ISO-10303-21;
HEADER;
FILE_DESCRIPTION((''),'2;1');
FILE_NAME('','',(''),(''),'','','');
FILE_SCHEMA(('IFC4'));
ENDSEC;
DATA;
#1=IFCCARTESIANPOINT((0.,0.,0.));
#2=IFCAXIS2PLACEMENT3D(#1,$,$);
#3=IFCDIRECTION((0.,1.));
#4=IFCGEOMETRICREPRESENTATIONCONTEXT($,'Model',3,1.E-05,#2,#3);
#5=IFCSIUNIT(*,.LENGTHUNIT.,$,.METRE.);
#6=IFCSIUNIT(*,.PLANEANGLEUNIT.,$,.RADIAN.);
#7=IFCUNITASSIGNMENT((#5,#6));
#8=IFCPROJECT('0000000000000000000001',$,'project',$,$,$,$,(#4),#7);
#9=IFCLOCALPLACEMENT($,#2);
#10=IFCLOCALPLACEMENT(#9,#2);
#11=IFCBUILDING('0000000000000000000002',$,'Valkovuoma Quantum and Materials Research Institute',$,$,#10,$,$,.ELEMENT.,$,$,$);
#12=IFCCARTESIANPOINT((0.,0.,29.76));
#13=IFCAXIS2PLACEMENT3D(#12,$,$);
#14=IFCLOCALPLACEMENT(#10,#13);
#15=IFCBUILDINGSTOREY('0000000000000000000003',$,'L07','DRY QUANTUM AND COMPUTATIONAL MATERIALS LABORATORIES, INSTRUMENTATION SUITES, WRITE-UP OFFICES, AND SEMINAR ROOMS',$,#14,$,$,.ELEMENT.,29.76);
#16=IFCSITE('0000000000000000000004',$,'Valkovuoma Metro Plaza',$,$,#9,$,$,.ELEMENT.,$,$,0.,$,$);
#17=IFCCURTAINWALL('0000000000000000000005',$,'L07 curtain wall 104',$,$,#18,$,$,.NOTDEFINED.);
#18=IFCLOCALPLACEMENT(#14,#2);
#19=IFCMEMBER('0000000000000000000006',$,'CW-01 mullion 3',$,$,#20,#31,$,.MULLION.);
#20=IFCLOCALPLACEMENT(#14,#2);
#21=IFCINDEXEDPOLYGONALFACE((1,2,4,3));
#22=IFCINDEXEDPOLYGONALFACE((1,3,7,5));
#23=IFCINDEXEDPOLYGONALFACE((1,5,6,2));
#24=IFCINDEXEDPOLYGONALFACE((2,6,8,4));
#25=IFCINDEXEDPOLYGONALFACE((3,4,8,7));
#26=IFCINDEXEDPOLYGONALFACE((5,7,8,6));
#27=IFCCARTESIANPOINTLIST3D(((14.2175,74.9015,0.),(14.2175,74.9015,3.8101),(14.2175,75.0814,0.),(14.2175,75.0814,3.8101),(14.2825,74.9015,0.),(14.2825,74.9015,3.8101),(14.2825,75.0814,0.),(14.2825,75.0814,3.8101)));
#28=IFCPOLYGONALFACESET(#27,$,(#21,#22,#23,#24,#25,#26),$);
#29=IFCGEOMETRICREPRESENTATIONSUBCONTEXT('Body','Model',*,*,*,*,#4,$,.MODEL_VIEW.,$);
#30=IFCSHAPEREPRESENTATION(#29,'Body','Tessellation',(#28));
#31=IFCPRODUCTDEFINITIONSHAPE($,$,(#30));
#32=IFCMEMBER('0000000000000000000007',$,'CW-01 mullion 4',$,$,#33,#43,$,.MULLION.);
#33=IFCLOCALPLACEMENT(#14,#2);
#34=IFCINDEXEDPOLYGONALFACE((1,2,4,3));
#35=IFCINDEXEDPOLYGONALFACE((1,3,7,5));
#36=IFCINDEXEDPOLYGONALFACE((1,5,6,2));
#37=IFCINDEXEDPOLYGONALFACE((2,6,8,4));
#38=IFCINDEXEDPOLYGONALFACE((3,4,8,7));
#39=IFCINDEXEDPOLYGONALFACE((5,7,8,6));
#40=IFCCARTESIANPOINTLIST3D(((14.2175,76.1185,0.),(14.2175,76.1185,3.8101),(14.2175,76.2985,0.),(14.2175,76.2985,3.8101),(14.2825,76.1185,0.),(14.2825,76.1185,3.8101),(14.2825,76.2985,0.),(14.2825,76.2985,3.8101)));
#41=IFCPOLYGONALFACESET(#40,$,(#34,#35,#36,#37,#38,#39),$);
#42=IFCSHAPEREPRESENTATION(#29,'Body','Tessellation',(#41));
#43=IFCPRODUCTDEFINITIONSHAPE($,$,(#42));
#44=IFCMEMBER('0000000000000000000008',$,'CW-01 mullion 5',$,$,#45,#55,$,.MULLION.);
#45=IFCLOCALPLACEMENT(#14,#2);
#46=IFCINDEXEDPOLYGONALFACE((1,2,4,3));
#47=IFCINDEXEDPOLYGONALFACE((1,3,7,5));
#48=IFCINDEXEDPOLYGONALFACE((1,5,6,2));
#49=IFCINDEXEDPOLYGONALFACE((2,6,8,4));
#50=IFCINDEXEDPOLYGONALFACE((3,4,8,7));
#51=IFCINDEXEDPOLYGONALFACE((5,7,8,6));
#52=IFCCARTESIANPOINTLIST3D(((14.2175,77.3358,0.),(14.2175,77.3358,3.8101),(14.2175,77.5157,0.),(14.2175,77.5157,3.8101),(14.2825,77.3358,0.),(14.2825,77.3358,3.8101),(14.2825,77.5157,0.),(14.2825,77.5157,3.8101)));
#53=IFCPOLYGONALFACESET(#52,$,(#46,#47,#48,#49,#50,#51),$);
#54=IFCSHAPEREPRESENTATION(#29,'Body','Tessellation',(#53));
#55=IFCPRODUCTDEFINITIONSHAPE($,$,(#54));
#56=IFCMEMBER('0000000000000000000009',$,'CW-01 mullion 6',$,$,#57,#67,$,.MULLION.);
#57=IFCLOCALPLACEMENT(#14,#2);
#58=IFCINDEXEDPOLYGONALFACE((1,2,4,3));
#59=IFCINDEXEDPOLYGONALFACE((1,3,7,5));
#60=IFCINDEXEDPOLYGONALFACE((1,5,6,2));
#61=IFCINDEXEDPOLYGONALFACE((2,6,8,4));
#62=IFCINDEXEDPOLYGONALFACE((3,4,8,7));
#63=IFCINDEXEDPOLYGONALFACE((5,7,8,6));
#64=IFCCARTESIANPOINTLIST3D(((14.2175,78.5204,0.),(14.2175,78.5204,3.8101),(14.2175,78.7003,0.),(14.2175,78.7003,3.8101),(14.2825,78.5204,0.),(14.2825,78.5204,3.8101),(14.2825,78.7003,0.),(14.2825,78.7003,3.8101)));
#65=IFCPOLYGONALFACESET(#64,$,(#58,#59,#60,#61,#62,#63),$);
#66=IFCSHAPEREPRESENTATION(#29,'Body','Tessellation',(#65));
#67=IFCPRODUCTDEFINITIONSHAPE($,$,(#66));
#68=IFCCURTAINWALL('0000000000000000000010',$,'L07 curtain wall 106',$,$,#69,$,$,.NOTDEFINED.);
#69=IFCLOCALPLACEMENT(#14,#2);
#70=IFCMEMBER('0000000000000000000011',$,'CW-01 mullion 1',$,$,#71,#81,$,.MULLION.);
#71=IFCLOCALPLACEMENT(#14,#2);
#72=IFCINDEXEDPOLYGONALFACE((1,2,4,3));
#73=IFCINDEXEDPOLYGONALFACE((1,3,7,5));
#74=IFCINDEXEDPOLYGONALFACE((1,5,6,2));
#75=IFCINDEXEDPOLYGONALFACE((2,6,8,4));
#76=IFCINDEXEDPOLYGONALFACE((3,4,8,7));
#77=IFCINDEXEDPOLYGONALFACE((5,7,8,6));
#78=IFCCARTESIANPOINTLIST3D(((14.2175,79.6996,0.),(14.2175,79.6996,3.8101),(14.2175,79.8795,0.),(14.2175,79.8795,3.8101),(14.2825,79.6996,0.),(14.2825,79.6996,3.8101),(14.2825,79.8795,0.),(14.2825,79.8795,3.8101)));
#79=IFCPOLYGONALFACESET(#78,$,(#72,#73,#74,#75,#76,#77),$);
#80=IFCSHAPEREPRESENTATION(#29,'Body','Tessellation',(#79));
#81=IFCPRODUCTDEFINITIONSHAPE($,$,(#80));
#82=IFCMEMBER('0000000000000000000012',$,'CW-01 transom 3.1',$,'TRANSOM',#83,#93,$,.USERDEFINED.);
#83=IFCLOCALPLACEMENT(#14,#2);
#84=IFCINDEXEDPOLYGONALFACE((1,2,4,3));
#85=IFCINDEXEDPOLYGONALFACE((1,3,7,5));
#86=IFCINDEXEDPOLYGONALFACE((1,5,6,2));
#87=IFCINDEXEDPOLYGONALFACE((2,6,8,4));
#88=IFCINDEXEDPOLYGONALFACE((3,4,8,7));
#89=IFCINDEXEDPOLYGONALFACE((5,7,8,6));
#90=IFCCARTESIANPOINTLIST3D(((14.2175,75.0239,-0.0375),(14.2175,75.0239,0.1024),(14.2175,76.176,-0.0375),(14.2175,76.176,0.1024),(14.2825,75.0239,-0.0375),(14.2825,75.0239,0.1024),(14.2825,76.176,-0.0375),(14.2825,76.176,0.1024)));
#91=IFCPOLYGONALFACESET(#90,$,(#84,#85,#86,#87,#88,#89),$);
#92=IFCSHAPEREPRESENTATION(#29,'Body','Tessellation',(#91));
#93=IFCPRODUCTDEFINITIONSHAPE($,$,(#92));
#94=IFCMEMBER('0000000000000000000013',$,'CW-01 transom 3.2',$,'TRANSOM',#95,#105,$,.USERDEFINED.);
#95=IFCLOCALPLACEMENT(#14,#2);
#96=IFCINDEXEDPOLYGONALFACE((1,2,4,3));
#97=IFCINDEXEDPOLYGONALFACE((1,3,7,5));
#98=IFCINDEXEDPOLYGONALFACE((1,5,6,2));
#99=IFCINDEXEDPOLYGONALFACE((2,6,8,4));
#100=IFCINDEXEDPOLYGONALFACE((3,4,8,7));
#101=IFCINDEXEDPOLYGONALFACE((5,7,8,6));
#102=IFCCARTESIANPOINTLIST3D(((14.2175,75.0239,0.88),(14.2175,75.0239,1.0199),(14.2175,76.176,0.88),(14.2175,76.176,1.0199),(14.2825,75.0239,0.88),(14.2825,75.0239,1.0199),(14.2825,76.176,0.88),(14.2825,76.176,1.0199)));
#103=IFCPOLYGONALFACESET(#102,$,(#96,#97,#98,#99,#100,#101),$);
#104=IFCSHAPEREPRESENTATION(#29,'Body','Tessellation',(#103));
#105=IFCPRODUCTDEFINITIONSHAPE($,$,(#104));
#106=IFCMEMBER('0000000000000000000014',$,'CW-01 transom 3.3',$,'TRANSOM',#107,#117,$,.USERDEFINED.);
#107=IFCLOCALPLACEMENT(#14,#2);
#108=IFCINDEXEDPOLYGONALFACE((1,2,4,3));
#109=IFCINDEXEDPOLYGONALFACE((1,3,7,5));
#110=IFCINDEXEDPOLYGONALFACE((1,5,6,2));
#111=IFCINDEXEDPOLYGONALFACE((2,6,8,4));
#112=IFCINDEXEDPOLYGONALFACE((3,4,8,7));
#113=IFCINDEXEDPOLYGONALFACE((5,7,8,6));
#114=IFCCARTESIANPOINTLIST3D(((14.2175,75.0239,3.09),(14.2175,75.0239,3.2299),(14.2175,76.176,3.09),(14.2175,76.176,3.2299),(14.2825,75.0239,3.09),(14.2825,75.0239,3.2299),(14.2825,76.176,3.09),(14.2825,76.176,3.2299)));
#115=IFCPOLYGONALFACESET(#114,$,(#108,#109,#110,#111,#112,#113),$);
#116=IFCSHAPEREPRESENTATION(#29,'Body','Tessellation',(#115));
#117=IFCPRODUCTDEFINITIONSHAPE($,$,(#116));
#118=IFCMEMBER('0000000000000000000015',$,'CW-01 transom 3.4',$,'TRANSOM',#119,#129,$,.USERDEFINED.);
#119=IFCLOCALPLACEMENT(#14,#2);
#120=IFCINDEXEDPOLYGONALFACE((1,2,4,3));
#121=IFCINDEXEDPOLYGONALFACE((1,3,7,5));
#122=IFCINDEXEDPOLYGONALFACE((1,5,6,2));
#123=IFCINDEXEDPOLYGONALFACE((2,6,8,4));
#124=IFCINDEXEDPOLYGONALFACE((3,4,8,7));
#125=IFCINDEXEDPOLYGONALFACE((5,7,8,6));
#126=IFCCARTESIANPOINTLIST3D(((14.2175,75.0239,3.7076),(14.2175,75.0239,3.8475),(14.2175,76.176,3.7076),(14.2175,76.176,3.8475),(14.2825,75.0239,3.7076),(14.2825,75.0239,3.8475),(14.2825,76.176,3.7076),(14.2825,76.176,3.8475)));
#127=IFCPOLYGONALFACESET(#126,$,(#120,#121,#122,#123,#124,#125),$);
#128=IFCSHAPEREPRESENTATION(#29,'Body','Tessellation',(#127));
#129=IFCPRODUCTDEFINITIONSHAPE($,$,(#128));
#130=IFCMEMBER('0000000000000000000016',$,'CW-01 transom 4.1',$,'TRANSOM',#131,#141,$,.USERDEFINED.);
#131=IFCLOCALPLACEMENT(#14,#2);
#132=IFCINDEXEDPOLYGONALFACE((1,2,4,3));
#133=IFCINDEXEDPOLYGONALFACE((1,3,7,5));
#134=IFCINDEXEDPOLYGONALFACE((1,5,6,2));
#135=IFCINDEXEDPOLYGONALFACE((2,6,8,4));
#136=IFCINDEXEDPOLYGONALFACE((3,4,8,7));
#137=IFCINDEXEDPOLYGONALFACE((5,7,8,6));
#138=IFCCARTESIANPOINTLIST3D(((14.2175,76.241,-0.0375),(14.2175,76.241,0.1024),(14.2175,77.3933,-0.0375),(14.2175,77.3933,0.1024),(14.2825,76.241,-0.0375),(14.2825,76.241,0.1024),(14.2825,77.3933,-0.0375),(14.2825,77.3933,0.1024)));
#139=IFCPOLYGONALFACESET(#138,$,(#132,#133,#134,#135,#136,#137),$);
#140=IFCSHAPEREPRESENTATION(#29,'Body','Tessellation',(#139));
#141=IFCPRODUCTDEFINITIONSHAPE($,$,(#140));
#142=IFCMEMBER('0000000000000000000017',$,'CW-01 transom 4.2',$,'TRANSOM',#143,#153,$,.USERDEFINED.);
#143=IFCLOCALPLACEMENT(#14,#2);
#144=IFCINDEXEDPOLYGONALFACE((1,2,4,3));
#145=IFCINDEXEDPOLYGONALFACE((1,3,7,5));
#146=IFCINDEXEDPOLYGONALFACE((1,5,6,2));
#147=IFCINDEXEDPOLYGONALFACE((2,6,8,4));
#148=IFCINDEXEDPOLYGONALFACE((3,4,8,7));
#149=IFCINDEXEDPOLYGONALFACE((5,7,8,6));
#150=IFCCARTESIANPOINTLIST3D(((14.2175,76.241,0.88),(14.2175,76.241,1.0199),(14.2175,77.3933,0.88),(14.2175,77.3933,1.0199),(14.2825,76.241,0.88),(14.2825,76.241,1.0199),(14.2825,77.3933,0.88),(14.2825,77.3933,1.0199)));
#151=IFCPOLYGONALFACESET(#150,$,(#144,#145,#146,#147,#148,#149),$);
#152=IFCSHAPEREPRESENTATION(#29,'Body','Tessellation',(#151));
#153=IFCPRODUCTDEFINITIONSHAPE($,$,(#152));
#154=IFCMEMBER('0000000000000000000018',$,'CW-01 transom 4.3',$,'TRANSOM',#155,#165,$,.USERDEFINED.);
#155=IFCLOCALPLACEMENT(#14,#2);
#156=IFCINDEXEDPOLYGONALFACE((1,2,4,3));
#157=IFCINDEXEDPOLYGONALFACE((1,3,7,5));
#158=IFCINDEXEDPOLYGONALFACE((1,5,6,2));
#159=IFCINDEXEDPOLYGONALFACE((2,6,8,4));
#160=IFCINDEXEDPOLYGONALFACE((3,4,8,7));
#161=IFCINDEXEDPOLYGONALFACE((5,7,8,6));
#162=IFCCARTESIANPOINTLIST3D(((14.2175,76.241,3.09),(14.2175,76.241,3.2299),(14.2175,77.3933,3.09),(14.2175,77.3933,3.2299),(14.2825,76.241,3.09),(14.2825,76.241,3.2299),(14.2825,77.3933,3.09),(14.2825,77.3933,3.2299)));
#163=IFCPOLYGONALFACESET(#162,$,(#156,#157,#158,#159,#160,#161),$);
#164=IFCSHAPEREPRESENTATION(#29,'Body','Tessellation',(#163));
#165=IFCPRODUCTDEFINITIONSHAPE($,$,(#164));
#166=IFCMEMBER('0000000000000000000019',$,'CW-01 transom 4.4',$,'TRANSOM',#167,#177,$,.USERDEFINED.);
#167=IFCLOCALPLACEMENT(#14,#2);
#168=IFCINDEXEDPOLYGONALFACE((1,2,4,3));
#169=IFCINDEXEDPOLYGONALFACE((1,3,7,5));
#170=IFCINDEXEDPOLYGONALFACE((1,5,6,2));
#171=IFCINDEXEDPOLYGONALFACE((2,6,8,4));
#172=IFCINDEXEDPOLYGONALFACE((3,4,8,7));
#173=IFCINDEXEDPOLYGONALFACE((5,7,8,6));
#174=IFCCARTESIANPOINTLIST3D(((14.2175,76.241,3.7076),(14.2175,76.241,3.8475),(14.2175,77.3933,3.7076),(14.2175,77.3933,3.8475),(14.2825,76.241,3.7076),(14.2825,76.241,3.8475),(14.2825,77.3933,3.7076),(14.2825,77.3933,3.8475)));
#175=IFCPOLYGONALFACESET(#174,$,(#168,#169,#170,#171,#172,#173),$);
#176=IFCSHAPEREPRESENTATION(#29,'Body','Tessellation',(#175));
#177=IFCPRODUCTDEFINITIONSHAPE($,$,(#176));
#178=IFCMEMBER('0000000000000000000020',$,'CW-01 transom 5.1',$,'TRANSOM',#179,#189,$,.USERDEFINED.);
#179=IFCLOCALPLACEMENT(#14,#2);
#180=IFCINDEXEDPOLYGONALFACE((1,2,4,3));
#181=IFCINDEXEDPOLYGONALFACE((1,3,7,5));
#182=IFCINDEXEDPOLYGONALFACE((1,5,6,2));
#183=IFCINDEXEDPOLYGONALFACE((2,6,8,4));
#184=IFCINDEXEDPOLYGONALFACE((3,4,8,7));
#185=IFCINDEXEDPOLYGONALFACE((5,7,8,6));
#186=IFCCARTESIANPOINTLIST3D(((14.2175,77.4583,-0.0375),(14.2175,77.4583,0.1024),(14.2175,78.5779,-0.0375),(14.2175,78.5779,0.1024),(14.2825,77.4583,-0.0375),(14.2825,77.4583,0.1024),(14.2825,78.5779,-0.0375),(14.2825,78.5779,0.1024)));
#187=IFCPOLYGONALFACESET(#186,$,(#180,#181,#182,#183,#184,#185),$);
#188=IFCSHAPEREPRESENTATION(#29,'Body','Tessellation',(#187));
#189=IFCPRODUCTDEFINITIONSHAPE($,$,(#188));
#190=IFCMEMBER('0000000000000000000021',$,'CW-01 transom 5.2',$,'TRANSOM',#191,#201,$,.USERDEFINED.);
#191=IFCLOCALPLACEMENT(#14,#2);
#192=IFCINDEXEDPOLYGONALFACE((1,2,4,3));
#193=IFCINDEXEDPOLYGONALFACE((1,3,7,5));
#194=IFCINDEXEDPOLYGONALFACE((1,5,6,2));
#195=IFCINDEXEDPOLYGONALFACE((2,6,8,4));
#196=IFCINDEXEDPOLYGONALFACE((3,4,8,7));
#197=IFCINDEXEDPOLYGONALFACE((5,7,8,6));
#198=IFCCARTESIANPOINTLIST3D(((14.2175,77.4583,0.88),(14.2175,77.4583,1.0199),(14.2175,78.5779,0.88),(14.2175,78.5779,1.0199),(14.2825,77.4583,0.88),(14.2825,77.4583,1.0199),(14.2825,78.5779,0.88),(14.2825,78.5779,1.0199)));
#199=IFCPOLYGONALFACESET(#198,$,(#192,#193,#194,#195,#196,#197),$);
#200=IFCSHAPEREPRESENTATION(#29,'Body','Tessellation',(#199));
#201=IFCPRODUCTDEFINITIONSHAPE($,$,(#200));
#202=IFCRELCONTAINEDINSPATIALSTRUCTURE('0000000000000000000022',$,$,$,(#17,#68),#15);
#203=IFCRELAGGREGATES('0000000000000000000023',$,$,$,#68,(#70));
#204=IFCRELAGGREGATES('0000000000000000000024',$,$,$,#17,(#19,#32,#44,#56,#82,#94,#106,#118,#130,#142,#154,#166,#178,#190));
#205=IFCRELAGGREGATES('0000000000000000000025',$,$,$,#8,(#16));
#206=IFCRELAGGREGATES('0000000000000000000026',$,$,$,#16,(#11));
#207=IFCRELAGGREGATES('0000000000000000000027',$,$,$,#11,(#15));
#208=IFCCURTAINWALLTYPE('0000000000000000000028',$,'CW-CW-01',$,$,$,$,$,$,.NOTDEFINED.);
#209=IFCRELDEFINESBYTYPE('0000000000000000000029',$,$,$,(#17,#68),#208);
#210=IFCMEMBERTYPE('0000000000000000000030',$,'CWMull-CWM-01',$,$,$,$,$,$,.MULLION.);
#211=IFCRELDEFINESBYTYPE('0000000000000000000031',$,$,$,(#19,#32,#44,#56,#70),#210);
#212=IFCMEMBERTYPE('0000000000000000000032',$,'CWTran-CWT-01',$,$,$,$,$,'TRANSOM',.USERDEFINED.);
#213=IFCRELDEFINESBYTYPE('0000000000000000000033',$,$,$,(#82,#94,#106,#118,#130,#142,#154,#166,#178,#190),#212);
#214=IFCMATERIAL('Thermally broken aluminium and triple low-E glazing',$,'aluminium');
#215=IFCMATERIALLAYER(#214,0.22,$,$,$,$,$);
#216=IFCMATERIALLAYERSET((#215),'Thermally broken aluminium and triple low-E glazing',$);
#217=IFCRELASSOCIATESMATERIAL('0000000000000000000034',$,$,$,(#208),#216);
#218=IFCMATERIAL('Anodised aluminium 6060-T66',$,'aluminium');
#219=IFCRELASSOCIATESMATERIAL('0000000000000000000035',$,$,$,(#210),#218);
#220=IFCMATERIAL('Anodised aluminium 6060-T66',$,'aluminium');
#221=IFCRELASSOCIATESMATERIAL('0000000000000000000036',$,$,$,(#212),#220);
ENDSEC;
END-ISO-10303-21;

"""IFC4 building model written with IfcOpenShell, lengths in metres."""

from ifc_helpers import new_model, si_unit, direction, frame, origin, origin_2d, place, context, subcontext, project, spatial, rectangle, extrude, material, layer, layer_set, material_profile, profile_set, type_object, element, aggregate, save


model = new_model("IFC4")

# Units and contexts
model_context = context("Model", 3, precision=1e-05, world=origin(), true_north=direction((0.0, 1.0)))
body_context = subcontext(model_context, "Body", "Model", "MODEL_VIEW")
ifc_project = project(units=[si_unit("LENGTHUNIT", "METRE"), si_unit("PLANEANGLEUNIT", "RADIAN")], contexts=[model_context])

# Site, building, storey
site_placement = place(None, origin())
site = spatial("IfcSite", under=ifc_project, at=site_placement, Name="Valkovuoma Metro Plaza", CompositionType="ELEMENT", RefElevation=0.0)
building_placement = place(site_placement, origin())
building = spatial("IfcBuilding", under=site, at=building_placement, Name="Valkovuoma Quantum and Materials Research Institute", CompositionType="ELEMENT")
storey_placement = place(building_placement, frame((0.0, 0.0, 29.76)))
storey = spatial("IfcBuildingStorey", under=building, at=storey_placement, Name="L07", Description="DRY QUANTUM AND COMPUTATIONAL MATERIALS LABORATORIES, INSTRUMENTATION SUITES, WRITE-UP OFFICES, AND SEMINAR ROOMS", CompositionType="ELEMENT", Elevation=29.76)

# Curtain wall, members
ifc_material_1 = material(Name="Thermally broken aluminium and triple low-E glazing", Category="aluminium")
ifc_layer_1 = layer(ifc_material_1, 0.22)
ifc_layer_set_1 = layer_set([ifc_layer_1], Name="Thermally broken aluminium and triple low-E glazing")
curtain_wall_type = type_object("IfcCurtainWallType", Name="CW-CW-01", PredefinedType="NOTDEFINED", material=ifc_layer_set_1)
curtain_wall_1_placement = place(storey_placement, origin())
curtain_wall_1 = element("IfcCurtainWall", 1, at=curtain_wall_1_placement, inside=storey, type_object=curtain_wall_type, Name="L07 curtain wall 104", PredefinedType="NOTDEFINED")
ifc_material_2 = material(Name="Anodised aluminium 6060-T66", Category="aluminium")
ifc_material_profile_1 = material_profile(ifc_material_2, rectangle(XDim=0.0649, YDim=0.1799, at=origin_2d()), Name="Anodised aluminium 6060-T66")
ifc_profile_set_1 = profile_set([ifc_material_profile_1], Name="Anodised aluminium 6060-T66")
member_type_1 = type_object("IfcMemberType", Name="CWMull-CWM-01", PredefinedType="MULLION", material=ifc_profile_set_1)
member_1_placement = place(storey_placement, frame((14.25, 74.9915, 0.0), z_axis=(0.0, 0.0, 1.0), x_axis=(-1.0, 0.0, 0.0)))
member_1 = element("IfcMember", 2, at=member_1_placement, type_object=member_type_1, Name="CW-01 mullion 3", PredefinedType="MULLION", context=body_context, shape_type="SweptSolid", body=[
    extrude(rectangle(XDim=0.0649, YDim=0.1799, at=origin_2d()), origin(), (0.0, 0.0, 1.0), 3.8101),
])
member_2_placement = place(storey_placement, frame((14.25, 76.2085, 0.0), z_axis=(0.0, 0.0, 1.0), x_axis=(-1.0, 0.0, 0.0)))
member_2 = element("IfcMember", 3, at=member_2_placement, type_object=member_type_1, Name="CW-01 mullion 4", PredefinedType="MULLION", context=body_context, shape_type="SweptSolid", body=[
    extrude(rectangle(XDim=0.0649, YDim=0.1799, at=origin_2d()), origin(), (0.0, 0.0, 1.0), 3.8101),
])
member_3_placement = place(storey_placement, frame((14.25, 77.4258, 0.0), z_axis=(0.0, 0.0, 1.0), x_axis=(-1.0, 0.0, 0.0)))
member_3 = element("IfcMember", 4, at=member_3_placement, type_object=member_type_1, Name="CW-01 mullion 5", PredefinedType="MULLION", context=body_context, shape_type="SweptSolid", body=[
    extrude(rectangle(XDim=0.0649, YDim=0.1799, at=origin_2d()), origin(), (0.0, 0.0, 1.0), 3.8101),
])
member_4_placement = place(storey_placement, frame((14.25, 78.6104, 0.0), z_axis=(0.0, 0.0, 1.0), x_axis=(-1.0, 0.0, 0.0)))
member_4 = element("IfcMember", 5, at=member_4_placement, type_object=member_type_1, Name="CW-01 mullion 6", PredefinedType="MULLION", context=body_context, shape_type="SweptSolid", body=[
    extrude(rectangle(XDim=0.0649, YDim=0.1799, at=origin_2d()), origin(), (0.0, 0.0, 1.0), 3.8101),
])

# Curtain wall, member
curtain_wall_2_placement = place(storey_placement, origin())
curtain_wall_2 = element("IfcCurtainWall", 6, at=curtain_wall_2_placement, inside=storey, type_object=curtain_wall_type, Name="L07 curtain wall 106", PredefinedType="NOTDEFINED")
member_5_placement = place(storey_placement, frame((14.25, 79.7896, 0.0), z_axis=(0.0, 0.0, 1.0), x_axis=(-1.0, 0.0, 0.0)))
member_5 = element("IfcMember", 7, at=member_5_placement, type_object=member_type_1, Name="CW-01 mullion 1", PredefinedType="MULLION", context=body_context, shape_type="SweptSolid", body=[
    extrude(rectangle(XDim=0.0649, YDim=0.1799, at=origin_2d()), origin(), (0.0, 0.0, 1.0), 3.8101),
])

# Members
ifc_material_3 = material(Name="Anodised aluminium 6060-T66", Category="aluminium")
ifc_material_profile_2 = material_profile(ifc_material_3, rectangle(XDim=0.0649, YDim=0.1399, at=origin_2d()), Name="Anodised aluminium 6060-T66")
ifc_profile_set_2 = profile_set([ifc_material_profile_2], Name="Anodised aluminium 6060-T66")
member_type_2 = type_object("IfcMemberType", Name="CWTran-CWT-01", ElementType="TRANSOM", PredefinedType="USERDEFINED", material=ifc_profile_set_2)
member_6_placement = place(storey_placement, frame((14.25, 75.0239, 0.0325), z_axis=(0.0, 1.0, 0.0), x_axis=(-1.0, 0.0, 0.0)))
member_6 = element("IfcMember", 8, at=member_6_placement, type_object=member_type_2, Name="CW-01 transom 3.1", ObjectType="TRANSOM", PredefinedType="USERDEFINED", context=body_context, shape_type="SweptSolid", body=[
    extrude(rectangle(XDim=0.0649, YDim=0.1399, at=origin_2d()), origin(), (0.0, 0.0, 1.0), 1.1521),
])
member_7_placement = place(storey_placement, frame((14.25, 75.0239, 0.95), z_axis=(0.0, 1.0, 0.0), x_axis=(-1.0, 0.0, 0.0)))
member_7 = element("IfcMember", 9, at=member_7_placement, type_object=member_type_2, Name="CW-01 transom 3.2", ObjectType="TRANSOM", PredefinedType="USERDEFINED", context=body_context, shape_type="SweptSolid", body=[
    extrude(rectangle(XDim=0.0649, YDim=0.1399, at=origin_2d()), origin(), (0.0, 0.0, 1.0), 1.1521),
])
member_8_placement = place(storey_placement, frame((14.25, 75.0239, 3.1599), z_axis=(0.0, 1.0, 0.0), x_axis=(-1.0, 0.0, 0.0)))
member_8 = element("IfcMember", 10, at=member_8_placement, type_object=member_type_2, Name="CW-01 transom 3.3", ObjectType="TRANSOM", PredefinedType="USERDEFINED", context=body_context, shape_type="SweptSolid", body=[
    extrude(rectangle(XDim=0.0649, YDim=0.1399, at=origin_2d()), origin(), (0.0, 0.0, 1.0), 1.1521),
])
member_9_placement = place(storey_placement, frame((14.25, 75.0239, 3.7776), z_axis=(0.0, 1.0, 0.0), x_axis=(-1.0, 0.0, 0.0)))
member_9 = element("IfcMember", 11, at=member_9_placement, type_object=member_type_2, Name="CW-01 transom 3.4", ObjectType="TRANSOM", PredefinedType="USERDEFINED", context=body_context, shape_type="SweptSolid", body=[
    extrude(rectangle(XDim=0.0649, YDim=0.1399, at=origin_2d()), origin(), (0.0, 0.0, 1.0), 1.1521),
])
member_10_placement = place(storey_placement, frame((14.25, 76.241, 0.0325), z_axis=(0.0, 1.0, 0.0), x_axis=(-1.0, 0.0, 0.0)))
member_10 = element("IfcMember", 12, at=member_10_placement, type_object=member_type_2, Name="CW-01 transom 4.1", ObjectType="TRANSOM", PredefinedType="USERDEFINED", context=body_context, shape_type="SweptSolid", body=[
    extrude(rectangle(XDim=0.0649, YDim=0.1399, at=origin_2d()), origin(), (0.0, 0.0, 1.0), 1.1523),
])
member_11_placement = place(storey_placement, frame((14.25, 76.241, 0.95), z_axis=(0.0, 1.0, 0.0), x_axis=(-1.0, 0.0, 0.0)))
member_11 = element("IfcMember", 13, at=member_11_placement, type_object=member_type_2, Name="CW-01 transom 4.2", ObjectType="TRANSOM", PredefinedType="USERDEFINED", context=body_context, shape_type="SweptSolid", body=[
    extrude(rectangle(XDim=0.0649, YDim=0.1399, at=origin_2d()), origin(), (0.0, 0.0, 1.0), 1.1523),
])
member_12_placement = place(storey_placement, frame((14.25, 76.241, 3.1599), z_axis=(0.0, 1.0, 0.0), x_axis=(-1.0, 0.0, 0.0)))
member_12 = element("IfcMember", 14, at=member_12_placement, type_object=member_type_2, Name="CW-01 transom 4.3", ObjectType="TRANSOM", PredefinedType="USERDEFINED", context=body_context, shape_type="SweptSolid", body=[
    extrude(rectangle(XDim=0.0649, YDim=0.1399, at=origin_2d()), origin(), (0.0, 0.0, 1.0), 1.1523),
])
member_13_placement = place(storey_placement, frame((14.25, 76.241, 3.7776), z_axis=(0.0, 1.0, 0.0), x_axis=(-1.0, 0.0, 0.0)))
member_13 = element("IfcMember", 15, at=member_13_placement, type_object=member_type_2, Name="CW-01 transom 4.4", ObjectType="TRANSOM", PredefinedType="USERDEFINED", context=body_context, shape_type="SweptSolid", body=[
    extrude(rectangle(XDim=0.0649, YDim=0.1399, at=origin_2d()), origin(), (0.0, 0.0, 1.0), 1.1523),
])
member_14_placement = place(storey_placement, frame((14.25, 77.4583, 0.0325), z_axis=(0.0, 1.0, 0.0), x_axis=(-1.0, 0.0, 0.0)))
member_14 = element("IfcMember", 16, at=member_14_placement, type_object=member_type_2, Name="CW-01 transom 5.1", ObjectType="TRANSOM", PredefinedType="USERDEFINED", context=body_context, shape_type="SweptSolid", body=[
    extrude(rectangle(XDim=0.0649, YDim=0.1399, at=origin_2d()), origin(), (0.0, 0.0, 1.0), 1.1196),
])
member_15_placement = place(storey_placement, frame((14.25, 77.4583, 0.95), z_axis=(0.0, 1.0, 0.0), x_axis=(-1.0, 0.0, 0.0)))
member_15 = element("IfcMember", 17, at=member_15_placement, type_object=member_type_2, Name="CW-01 transom 5.2", ObjectType="TRANSOM", PredefinedType="USERDEFINED", context=body_context, shape_type="SweptSolid", body=[
    extrude(rectangle(XDim=0.0649, YDim=0.1399, at=origin_2d()), origin(), (0.0, 0.0, 1.0), 1.1196),
])
aggregate(curtain_wall_2, [member_5])

aggregate(curtain_wall_1, [member_1, member_2, member_3, member_4, member_6, member_7, member_8, member_9, member_10, member_11, member_12, member_13, member_14, member_15])

save(model, "model.ifc")
